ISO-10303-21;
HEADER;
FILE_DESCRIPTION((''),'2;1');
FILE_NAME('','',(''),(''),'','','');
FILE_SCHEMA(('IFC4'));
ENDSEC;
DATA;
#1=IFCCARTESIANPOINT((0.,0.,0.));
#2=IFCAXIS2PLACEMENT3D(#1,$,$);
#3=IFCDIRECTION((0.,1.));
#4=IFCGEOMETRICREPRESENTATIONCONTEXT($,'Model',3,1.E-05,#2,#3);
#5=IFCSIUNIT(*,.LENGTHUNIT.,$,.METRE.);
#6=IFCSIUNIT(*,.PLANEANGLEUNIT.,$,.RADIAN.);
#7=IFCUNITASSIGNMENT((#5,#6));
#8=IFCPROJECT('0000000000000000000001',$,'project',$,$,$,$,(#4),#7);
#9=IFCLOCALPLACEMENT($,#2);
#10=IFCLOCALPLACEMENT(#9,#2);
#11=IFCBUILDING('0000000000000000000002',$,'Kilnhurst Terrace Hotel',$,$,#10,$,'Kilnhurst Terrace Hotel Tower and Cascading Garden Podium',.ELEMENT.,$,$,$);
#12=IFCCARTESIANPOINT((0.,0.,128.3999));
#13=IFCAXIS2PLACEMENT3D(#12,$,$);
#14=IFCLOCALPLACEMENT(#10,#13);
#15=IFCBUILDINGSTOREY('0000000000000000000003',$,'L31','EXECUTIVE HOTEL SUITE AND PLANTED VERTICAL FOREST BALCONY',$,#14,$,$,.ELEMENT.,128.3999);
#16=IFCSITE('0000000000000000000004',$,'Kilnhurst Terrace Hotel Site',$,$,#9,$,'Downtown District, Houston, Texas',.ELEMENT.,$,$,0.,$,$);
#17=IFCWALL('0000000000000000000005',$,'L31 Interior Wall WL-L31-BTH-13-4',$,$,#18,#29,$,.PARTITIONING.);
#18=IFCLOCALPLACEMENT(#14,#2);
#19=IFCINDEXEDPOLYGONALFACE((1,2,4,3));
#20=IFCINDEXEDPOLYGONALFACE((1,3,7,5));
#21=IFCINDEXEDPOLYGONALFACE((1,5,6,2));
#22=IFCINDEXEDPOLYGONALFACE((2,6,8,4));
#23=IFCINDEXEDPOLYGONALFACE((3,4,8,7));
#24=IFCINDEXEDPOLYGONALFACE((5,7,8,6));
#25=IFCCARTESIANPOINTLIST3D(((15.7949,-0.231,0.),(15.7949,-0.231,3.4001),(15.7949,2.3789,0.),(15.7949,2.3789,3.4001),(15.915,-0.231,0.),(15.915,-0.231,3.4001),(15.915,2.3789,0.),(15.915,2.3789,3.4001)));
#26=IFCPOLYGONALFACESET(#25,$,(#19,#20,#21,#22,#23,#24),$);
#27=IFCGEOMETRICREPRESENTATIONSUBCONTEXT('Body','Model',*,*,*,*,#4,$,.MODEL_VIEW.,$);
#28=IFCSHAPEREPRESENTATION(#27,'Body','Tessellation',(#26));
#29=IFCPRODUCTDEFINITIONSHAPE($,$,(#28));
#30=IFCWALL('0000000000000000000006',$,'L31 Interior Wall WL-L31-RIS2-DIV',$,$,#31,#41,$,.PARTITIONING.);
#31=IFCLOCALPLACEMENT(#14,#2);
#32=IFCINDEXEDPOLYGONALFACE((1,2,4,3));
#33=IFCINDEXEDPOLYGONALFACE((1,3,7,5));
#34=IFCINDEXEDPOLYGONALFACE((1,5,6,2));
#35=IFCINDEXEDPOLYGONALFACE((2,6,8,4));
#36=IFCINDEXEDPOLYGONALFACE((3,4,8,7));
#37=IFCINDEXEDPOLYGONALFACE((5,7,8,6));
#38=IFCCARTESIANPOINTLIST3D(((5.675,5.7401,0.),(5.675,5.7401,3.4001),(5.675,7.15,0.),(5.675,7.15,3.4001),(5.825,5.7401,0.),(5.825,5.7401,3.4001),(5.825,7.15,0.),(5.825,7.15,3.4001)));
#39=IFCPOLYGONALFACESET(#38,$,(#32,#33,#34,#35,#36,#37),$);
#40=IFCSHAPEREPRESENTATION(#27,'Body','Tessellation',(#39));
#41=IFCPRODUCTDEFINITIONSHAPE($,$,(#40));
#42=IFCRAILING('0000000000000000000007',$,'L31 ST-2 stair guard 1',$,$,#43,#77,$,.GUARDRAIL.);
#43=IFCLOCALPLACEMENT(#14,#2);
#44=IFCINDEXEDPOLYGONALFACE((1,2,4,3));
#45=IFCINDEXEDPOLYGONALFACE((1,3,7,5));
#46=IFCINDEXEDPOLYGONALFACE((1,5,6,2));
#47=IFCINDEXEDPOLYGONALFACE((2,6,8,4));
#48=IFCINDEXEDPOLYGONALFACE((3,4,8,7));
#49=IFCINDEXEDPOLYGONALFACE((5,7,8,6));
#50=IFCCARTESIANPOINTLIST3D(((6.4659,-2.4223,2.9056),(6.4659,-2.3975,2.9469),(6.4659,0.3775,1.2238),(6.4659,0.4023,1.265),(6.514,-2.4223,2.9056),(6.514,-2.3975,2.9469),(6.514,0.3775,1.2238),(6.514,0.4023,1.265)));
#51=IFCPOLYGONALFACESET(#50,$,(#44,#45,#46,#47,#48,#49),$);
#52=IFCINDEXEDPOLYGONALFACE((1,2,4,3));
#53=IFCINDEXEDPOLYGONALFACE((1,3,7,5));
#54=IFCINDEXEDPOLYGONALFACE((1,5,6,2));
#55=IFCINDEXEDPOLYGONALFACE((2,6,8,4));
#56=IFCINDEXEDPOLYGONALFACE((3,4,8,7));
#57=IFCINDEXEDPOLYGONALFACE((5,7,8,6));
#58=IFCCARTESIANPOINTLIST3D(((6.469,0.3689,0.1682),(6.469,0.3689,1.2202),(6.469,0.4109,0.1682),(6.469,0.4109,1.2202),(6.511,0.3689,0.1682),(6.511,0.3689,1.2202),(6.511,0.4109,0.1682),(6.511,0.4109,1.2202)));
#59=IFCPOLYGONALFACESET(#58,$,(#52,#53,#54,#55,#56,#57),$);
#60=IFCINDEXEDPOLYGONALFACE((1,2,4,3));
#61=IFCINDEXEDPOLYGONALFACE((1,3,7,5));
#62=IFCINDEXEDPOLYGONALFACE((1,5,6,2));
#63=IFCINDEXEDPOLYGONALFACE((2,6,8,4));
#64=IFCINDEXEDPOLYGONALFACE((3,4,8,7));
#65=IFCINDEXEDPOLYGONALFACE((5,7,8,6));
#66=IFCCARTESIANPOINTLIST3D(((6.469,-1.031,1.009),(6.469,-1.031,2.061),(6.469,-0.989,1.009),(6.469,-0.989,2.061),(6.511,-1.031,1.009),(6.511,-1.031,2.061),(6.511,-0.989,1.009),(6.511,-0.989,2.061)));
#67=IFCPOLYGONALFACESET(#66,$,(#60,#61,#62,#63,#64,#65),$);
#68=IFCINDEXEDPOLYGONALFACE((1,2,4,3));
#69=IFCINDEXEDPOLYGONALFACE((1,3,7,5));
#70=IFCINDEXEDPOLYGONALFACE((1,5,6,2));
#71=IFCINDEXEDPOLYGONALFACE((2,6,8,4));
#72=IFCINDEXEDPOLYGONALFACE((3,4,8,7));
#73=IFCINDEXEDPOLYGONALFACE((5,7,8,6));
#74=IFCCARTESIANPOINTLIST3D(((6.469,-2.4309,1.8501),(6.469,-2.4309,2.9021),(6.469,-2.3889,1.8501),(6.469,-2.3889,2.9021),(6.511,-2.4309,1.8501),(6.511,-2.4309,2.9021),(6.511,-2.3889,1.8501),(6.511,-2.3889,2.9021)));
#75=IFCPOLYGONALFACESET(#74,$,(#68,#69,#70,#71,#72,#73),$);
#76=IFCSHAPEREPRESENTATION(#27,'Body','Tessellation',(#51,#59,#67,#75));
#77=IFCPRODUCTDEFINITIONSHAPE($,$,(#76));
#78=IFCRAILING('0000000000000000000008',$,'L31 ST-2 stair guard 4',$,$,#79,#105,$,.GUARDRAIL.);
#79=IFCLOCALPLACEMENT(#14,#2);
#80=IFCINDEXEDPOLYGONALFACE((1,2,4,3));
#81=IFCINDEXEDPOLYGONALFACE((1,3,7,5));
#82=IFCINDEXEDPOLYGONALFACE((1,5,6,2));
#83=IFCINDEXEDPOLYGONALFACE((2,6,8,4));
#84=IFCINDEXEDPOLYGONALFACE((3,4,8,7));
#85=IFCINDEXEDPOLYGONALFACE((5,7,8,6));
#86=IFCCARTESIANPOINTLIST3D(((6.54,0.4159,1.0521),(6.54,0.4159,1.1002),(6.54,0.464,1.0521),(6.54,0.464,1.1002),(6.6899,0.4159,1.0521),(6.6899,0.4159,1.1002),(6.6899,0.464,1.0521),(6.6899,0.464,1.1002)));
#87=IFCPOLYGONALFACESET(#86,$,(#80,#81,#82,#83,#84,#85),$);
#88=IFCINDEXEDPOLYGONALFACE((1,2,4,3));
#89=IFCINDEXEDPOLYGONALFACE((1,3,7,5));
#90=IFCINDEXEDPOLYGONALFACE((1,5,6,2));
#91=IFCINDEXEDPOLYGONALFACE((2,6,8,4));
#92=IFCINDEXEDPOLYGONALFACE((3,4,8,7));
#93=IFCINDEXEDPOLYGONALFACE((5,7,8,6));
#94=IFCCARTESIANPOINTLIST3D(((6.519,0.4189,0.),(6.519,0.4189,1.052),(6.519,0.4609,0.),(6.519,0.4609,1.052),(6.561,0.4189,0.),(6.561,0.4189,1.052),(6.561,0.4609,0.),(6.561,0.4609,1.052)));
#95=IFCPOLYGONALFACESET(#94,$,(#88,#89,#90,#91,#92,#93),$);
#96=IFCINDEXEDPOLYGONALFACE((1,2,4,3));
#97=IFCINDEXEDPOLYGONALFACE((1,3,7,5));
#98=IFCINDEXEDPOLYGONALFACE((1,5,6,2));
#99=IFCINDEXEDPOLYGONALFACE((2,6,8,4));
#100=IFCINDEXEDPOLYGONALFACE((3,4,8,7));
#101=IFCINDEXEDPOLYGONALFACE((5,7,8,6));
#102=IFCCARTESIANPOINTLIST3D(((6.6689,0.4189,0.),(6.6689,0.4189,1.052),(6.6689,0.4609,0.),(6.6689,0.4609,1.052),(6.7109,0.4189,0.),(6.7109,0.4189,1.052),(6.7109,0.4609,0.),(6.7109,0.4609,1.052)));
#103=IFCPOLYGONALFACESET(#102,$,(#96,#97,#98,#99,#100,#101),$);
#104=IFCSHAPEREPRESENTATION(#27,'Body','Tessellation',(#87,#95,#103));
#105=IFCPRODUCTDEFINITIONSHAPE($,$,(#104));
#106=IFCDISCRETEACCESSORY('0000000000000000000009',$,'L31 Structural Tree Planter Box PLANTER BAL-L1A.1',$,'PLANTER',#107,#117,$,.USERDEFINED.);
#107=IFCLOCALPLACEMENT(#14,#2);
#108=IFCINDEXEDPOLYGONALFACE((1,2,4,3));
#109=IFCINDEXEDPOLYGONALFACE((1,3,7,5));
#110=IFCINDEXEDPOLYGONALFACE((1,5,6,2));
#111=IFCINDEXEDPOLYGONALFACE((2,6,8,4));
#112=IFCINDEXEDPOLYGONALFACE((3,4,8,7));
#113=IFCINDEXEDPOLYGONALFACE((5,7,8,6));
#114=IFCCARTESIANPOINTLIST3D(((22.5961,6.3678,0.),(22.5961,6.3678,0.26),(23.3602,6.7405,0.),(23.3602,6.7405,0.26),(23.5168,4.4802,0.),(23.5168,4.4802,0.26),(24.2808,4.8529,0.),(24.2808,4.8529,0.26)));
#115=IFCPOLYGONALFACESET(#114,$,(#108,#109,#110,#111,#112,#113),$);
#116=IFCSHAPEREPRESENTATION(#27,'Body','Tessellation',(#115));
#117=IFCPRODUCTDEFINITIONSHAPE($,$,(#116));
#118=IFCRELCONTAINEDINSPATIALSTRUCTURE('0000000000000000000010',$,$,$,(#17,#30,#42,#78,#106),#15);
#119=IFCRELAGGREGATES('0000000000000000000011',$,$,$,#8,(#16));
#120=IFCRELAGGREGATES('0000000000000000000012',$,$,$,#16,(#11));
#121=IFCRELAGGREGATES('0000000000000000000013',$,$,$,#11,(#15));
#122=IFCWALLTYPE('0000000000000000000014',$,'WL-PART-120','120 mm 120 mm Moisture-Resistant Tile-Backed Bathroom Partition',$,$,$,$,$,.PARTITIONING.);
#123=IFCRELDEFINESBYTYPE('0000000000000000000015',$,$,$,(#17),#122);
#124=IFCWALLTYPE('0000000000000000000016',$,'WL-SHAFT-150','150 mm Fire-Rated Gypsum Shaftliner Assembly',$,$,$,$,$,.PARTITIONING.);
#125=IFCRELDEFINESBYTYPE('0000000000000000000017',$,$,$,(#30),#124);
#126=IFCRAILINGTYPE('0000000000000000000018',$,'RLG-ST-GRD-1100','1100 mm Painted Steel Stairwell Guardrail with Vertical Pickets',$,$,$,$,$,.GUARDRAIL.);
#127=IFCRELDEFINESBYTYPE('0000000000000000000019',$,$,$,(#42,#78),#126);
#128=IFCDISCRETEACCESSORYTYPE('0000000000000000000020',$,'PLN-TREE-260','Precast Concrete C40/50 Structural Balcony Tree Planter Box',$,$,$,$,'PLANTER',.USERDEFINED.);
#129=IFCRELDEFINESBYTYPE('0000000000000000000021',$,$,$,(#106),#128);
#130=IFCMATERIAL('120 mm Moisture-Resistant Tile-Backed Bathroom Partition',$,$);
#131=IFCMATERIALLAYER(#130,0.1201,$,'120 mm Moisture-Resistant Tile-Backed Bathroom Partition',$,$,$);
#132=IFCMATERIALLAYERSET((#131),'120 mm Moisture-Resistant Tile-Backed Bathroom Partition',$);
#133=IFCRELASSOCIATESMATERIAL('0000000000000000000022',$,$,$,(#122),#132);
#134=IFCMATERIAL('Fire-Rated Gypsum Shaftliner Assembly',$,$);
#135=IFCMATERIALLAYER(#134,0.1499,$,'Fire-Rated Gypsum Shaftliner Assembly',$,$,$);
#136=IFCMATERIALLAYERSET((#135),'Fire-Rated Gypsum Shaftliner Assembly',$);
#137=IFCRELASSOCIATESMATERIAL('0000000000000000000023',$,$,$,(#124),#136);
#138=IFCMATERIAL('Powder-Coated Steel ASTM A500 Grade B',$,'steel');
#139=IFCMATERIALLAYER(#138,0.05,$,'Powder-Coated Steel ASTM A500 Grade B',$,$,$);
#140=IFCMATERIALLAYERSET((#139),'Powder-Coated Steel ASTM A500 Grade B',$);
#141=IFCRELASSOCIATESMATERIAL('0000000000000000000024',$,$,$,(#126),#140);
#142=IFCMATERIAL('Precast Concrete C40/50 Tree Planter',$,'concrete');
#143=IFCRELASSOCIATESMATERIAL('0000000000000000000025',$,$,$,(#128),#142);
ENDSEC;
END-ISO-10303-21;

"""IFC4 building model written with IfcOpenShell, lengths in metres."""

from ifc_helpers import new_model, si_unit, direction, frame, frame_2d, origin, origin_2d, place, context, subcontext, project, spatial, rectangle, extrude, material, layer, layer_set, type_object, element, save


model = new_model("IFC4")

# Units and contexts
model_context = context("Model", 3, precision=1e-05, world=origin(), true_north=direction((0.0, 1.0)))
body_context = subcontext(model_context, "Body", "Model", "MODEL_VIEW")
ifc_project = project(units=[si_unit("LENGTHUNIT", "METRE"), si_unit("PLANEANGLEUNIT", "RADIAN")], contexts=[model_context])

# Site, building, storey
site_placement = place(None, origin())
site = spatial("IfcSite", under=ifc_project, at=site_placement, Name="Kilnhurst Terrace Hotel Site", LongName="Downtown District, Houston, Texas", CompositionType="ELEMENT", RefElevation=0.0)
building_placement = place(site_placement, origin())
building = spatial("IfcBuilding", under=site, at=building_placement, Name="Kilnhurst Terrace Hotel", LongName="Kilnhurst Terrace Hotel Tower and Cascading Garden Podium", CompositionType="ELEMENT")
storey_placement = place(building_placement, frame((0.0, 0.0, 128.3999)))
storey = spatial("IfcBuildingStorey", under=building, at=storey_placement, Name="L31", Description="EXECUTIVE HOTEL SUITE AND PLANTED VERTICAL FOREST BALCONY", CompositionType="ELEMENT", Elevation=128.3999)

# Shared definitions
ifc_material_1 = material(Name="120 mm Moisture-Resistant Tile-Backed Bathroom Partition")
ifc_layer_1 = layer(ifc_material_1, 0.1201, Name="120 mm Moisture-Resistant Tile-Backed Bathroom Partition")
ifc_layer_set_1 = layer_set([ifc_layer_1], Name="120 mm Moisture-Resistant Tile-Backed Bathroom Partition")
wall_type_1 = type_object("IfcWallType", Name="WL-PART-120", Description="120 mm 120 mm Moisture-Resistant Tile-Backed Bathroom Partition", PredefinedType="PARTITIONING", material=ifc_layer_set_1)

# Walls
wall_1_placement = place(storey_placement, frame((15.855, 2.3789, 0.0), z_axis=(0.0, 0.0, 1.0), x_axis=(0.0, -1.0, 0.0)))
element("IfcWall", 1, at=wall_1_placement, inside=storey, type_object=wall_type_1, Name="L31 Interior Wall WL-L31-BTH-13-4", PredefinedType="PARTITIONING", context=body_context, shape_type="SweptSolid", body=[
    extrude(rectangle(XDim=2.6099, YDim=0.1201, at=frame_2d((1.3049, 0.0))), origin(), (0.0, 0.0, 1.0), 3.4001),
])
ifc_material_2 = material(Name="Fire-Rated Gypsum Shaftliner Assembly")
ifc_layer_2 = layer(ifc_material_2, 0.1499, Name="Fire-Rated Gypsum Shaftliner Assembly")
ifc_layer_set_2 = layer_set([ifc_layer_2], Name="Fire-Rated Gypsum Shaftliner Assembly")
wall_type_2 = type_object("IfcWallType", Name="WL-SHAFT-150", Description="150 mm Fire-Rated Gypsum Shaftliner Assembly", PredefinedType="PARTITIONING", material=ifc_layer_set_2)
wall_2_placement = place(storey_placement, frame((5.75, 5.74, 0.0), z_axis=(0.0, 0.0, 1.0), x_axis=(0.0, 1.0, 0.0)))
element("IfcWall", 2, at=wall_2_placement, inside=storey, type_object=wall_type_2, Name="L31 Interior Wall WL-L31-RIS2-DIV", PredefinedType="PARTITIONING", context=body_context, shape_type="SweptSolid", body=[
    extrude(rectangle(XDim=1.4099, YDim=0.1499, at=frame_2d((0.7051, 0.0))), origin(), (0.0, 0.0, 1.0), 3.4001),
])

# Railings
ifc_material_3 = material(Name="Powder-Coated Steel ASTM A500 Grade B", Category="steel")
ifc_layer_3 = layer(ifc_material_3, 0.05, Name="Powder-Coated Steel ASTM A500 Grade B")
ifc_layer_set_3 = layer_set([ifc_layer_3], Name="Powder-Coated Steel ASTM A500 Grade B")
railing_type = type_object("IfcRailingType", Name="RLG-ST-GRD-1100", Description="1100 mm Painted Steel Stairwell Guardrail with Vertical Pickets", PredefinedType="GUARDRAIL", material=ifc_layer_set_3)
railing_1_placement = place(storey_placement, frame((6.49, 0.3899, 0.1682)))
element("IfcRailing", 3, at=railing_1_placement, inside=storey, type_object=railing_type, Name="L31 ST-2 stair guard 1", PredefinedType="GUARDRAIL", context=body_context, shape_type="SweptSolid", body=[
    extrude(rectangle(XDim=0.0481, YDim=0.0481, at=origin_2d()), frame((0.0, 0.0, 1.0762), z_axis=(0.0, -0.857222, 0.514946), x_axis=(1.0, 0.0, 0.0)), (0.0, 0.0, 1.0), 3.2661),
    extrude(rectangle(XDim=0.042, YDim=0.042, at=origin_2d()), origin(), (0.0, 0.0, 1.0), 1.052),
    extrude(rectangle(XDim=0.042, YDim=0.042, at=origin_2d()), frame((0.0, -1.3999, 0.8408)), (0.0, 0.0, 1.0), 1.052),
    extrude(rectangle(XDim=0.042, YDim=0.042, at=origin_2d()), frame((0.0, -2.7998, 1.6819)), (0.0, 0.0, 1.0), 1.052),
])
railing_2_placement = place(storey_placement, frame((6.54, 0.4399, 0.0)))
element("IfcRailing", 4, at=railing_2_placement, inside=storey, type_object=railing_type, Name="L31 ST-2 stair guard 4", PredefinedType="GUARDRAIL", context=body_context, shape_type="SweptSolid", body=[
    extrude(rectangle(XDim=0.0481, YDim=0.0481, at=origin_2d()), frame((0.0, 0.0, 1.0762), z_axis=(1.0, 0.0, 0.0), x_axis=(0.0, 1.0, 0.0)), (0.0, 0.0, 1.0), 0.1499),
    extrude(rectangle(XDim=0.042, YDim=0.042, at=origin_2d()), origin(), (0.0, 0.0, 1.0), 1.052),
    extrude(rectangle(XDim=0.042, YDim=0.042, at=origin_2d()), frame((0.1499, 0.0, 0.0)), (0.0, 0.0, 1.0), 1.052),
])

# Discrete accessory
ifc_material_4 = material(Name="Precast Concrete C40/50 Tree Planter", Category="concrete")
discrete_accessory_type = type_object("IfcDiscreteAccessoryType", Name="PLN-TREE-260", Description="Precast Concrete C40/50 Structural Balcony Tree Planter Box", ElementType="PLANTER", PredefinedType="USERDEFINED", material=ifc_material_4)
discrete_accessory_placement = place(storey_placement, frame((23.4385, 5.6104, 0.0), z_axis=(0.0, 0.0, 1.0), x_axis=(-0.438387, 0.898786, 0.0)))
element("IfcDiscreteAccessory", 5, at=discrete_accessory_placement, inside=storey, type_object=discrete_accessory_type, Name="L31 Structural Tree Planter Box PLANTER BAL-L1A.1", ObjectType="PLANTER", PredefinedType="USERDEFINED", context=body_context, shape_type="SweptSolid", body=[
    extrude(rectangle(XDim=2.1001, YDim=0.8501, at=origin_2d()), origin(), (0.0, 0.0, 1.0), 0.26),
])

save(model, "model.ifc")
